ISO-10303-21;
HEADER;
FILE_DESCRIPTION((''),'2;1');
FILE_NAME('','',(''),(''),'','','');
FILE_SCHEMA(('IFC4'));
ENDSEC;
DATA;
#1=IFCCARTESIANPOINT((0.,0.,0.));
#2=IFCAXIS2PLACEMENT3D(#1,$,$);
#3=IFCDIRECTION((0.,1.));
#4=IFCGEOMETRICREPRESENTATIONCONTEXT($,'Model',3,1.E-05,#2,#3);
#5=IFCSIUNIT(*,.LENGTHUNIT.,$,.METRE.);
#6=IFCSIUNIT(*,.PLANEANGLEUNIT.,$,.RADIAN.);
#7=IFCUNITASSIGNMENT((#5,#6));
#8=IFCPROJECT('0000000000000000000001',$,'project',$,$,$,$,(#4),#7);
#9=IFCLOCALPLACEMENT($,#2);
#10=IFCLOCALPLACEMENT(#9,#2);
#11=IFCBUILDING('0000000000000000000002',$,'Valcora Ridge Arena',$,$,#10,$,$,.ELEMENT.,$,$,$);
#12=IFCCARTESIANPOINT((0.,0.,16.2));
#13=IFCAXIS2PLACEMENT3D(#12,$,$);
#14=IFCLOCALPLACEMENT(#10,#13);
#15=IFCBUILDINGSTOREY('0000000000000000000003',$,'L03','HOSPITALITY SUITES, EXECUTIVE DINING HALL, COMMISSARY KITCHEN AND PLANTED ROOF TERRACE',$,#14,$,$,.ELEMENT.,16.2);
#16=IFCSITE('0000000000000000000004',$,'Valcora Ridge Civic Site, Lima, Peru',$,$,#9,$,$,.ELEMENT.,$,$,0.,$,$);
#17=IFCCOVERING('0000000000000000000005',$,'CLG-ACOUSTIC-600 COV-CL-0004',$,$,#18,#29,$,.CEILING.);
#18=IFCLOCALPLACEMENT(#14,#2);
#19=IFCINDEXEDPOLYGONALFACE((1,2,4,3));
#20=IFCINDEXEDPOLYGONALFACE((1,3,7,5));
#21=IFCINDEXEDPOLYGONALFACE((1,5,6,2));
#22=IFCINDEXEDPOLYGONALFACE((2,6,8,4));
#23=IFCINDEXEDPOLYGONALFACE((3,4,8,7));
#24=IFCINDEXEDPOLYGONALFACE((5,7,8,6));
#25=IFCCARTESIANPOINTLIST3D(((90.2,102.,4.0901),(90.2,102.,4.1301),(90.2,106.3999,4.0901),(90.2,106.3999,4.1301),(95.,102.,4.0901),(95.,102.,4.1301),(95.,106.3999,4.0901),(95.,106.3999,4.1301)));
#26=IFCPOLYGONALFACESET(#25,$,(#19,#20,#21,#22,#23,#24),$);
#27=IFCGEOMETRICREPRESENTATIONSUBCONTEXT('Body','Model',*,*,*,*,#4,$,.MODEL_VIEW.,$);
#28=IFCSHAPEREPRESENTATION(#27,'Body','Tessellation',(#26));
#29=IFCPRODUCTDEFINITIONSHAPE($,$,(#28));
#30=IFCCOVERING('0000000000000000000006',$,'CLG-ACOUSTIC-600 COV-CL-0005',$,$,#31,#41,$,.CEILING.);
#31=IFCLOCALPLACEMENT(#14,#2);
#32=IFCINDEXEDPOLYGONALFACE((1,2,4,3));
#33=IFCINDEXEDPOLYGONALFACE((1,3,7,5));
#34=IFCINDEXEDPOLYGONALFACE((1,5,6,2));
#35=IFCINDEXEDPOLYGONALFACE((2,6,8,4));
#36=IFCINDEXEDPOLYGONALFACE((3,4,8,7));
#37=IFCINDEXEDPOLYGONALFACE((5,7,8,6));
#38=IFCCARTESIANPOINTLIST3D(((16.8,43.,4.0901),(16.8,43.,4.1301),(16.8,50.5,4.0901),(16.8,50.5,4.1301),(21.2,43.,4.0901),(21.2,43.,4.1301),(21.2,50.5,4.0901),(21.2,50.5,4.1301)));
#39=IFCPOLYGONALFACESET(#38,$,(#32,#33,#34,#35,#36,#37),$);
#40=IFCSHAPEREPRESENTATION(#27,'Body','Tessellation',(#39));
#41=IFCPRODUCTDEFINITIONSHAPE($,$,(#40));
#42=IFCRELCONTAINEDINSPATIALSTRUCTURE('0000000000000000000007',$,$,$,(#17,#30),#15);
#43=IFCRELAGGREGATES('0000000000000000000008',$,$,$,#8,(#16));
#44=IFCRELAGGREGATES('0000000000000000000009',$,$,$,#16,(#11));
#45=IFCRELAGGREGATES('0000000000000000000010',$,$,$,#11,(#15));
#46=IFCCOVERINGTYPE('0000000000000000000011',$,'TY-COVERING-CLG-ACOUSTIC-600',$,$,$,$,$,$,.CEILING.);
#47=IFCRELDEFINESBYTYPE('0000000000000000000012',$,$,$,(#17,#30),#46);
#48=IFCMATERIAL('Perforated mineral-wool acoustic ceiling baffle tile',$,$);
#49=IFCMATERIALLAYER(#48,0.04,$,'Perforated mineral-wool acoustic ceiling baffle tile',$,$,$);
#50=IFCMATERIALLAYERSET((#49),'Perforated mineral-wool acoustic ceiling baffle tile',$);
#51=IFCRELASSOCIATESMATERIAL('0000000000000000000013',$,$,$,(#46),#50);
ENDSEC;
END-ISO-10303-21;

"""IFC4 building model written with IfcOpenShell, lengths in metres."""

from ifc_helpers import new_model, si_unit, direction, frame, origin, place, context, subcontext, project, spatial, polyline, outline, extrude, material, layer, layer_set, type_object, element, save


model = new_model("IFC4")

# Units and contexts
model_context = context("Model", 3, precision=1e-05, world=origin(), true_north=direction((0.0, 1.0)))
body_context = subcontext(model_context, "Body", "Model", "MODEL_VIEW")
ifc_project = project(units=[si_unit("LENGTHUNIT", "METRE"), si_unit("PLANEANGLEUNIT", "RADIAN")], contexts=[model_context])

# Site, building, storey
site_placement = place(None, origin())
site = spatial("IfcSite", under=ifc_project, at=site_placement, Name="Valcora Ridge Civic Site, Lima, Peru", CompositionType="ELEMENT", RefElevation=0.0)
building_placement = place(site_placement, origin())
building = spatial("IfcBuilding", under=site, at=building_placement, Name="Valcora Ridge Arena", CompositionType="ELEMENT")
storey_placement = place(building_placement, frame((0.0, 0.0, 16.2)))
storey = spatial("IfcBuildingStorey", under=building, at=storey_placement, Name="L03", Description="HOSPITALITY SUITES, EXECUTIVE DINING HALL, COMMISSARY KITCHEN AND PLANTED ROOF TERRACE", CompositionType="ELEMENT", Elevation=16.2)

# Coverings
ifc_material_1 = material(Name="Perforated mineral-wool acoustic ceiling baffle tile")
ifc_layer_1 = layer(ifc_material_1, 0.04, Name="Perforated mineral-wool acoustic ceiling baffle tile")
ifc_layer_set_1 = layer_set([ifc_layer_1], Name="Perforated mineral-wool acoustic ceiling baffle tile")
covering_type = type_object("IfcCoveringType", Name="TY-COVERING-CLG-ACOUSTIC-600", PredefinedType="CEILING", material=ifc_layer_set_1)
covering_1_placement = place(storey_placement, frame((0.0, 0.0, 4.0901)))
element("IfcCovering", 1, at=covering_1_placement, inside=storey, type_object=covering_type, Name="CLG-ACOUSTIC-600 COV-CL-0004", PredefinedType="CEILING", context=body_context, shape_type="SweptSolid", body=[
    extrude(outline(polyline([(90.2, 102.0), (95.0, 102.0), (95.0, 106.3999), (90.2, 106.3999), (90.2, 102.0)])), origin(), (0.0, 0.0, 1.0), 0.04),
])
covering_2_placement = place(storey_placement, frame((0.0, 0.0, 4.0901)))
element("IfcCovering", 2, at=covering_2_placement, inside=storey, type_object=covering_type, Name="CLG-ACOUSTIC-600 COV-CL-0005", PredefinedType="CEILING", context=body_context, shape_type="SweptSolid", body=[
    extrude(outline(polyline([(16.8, 43.0), (21.2, 43.0), (21.2, 50.5), (16.8, 50.5), (16.8, 43.0)])), origin(), (0.0, 0.0, 1.0), 0.04),
])

save(model, "model.ifc")
